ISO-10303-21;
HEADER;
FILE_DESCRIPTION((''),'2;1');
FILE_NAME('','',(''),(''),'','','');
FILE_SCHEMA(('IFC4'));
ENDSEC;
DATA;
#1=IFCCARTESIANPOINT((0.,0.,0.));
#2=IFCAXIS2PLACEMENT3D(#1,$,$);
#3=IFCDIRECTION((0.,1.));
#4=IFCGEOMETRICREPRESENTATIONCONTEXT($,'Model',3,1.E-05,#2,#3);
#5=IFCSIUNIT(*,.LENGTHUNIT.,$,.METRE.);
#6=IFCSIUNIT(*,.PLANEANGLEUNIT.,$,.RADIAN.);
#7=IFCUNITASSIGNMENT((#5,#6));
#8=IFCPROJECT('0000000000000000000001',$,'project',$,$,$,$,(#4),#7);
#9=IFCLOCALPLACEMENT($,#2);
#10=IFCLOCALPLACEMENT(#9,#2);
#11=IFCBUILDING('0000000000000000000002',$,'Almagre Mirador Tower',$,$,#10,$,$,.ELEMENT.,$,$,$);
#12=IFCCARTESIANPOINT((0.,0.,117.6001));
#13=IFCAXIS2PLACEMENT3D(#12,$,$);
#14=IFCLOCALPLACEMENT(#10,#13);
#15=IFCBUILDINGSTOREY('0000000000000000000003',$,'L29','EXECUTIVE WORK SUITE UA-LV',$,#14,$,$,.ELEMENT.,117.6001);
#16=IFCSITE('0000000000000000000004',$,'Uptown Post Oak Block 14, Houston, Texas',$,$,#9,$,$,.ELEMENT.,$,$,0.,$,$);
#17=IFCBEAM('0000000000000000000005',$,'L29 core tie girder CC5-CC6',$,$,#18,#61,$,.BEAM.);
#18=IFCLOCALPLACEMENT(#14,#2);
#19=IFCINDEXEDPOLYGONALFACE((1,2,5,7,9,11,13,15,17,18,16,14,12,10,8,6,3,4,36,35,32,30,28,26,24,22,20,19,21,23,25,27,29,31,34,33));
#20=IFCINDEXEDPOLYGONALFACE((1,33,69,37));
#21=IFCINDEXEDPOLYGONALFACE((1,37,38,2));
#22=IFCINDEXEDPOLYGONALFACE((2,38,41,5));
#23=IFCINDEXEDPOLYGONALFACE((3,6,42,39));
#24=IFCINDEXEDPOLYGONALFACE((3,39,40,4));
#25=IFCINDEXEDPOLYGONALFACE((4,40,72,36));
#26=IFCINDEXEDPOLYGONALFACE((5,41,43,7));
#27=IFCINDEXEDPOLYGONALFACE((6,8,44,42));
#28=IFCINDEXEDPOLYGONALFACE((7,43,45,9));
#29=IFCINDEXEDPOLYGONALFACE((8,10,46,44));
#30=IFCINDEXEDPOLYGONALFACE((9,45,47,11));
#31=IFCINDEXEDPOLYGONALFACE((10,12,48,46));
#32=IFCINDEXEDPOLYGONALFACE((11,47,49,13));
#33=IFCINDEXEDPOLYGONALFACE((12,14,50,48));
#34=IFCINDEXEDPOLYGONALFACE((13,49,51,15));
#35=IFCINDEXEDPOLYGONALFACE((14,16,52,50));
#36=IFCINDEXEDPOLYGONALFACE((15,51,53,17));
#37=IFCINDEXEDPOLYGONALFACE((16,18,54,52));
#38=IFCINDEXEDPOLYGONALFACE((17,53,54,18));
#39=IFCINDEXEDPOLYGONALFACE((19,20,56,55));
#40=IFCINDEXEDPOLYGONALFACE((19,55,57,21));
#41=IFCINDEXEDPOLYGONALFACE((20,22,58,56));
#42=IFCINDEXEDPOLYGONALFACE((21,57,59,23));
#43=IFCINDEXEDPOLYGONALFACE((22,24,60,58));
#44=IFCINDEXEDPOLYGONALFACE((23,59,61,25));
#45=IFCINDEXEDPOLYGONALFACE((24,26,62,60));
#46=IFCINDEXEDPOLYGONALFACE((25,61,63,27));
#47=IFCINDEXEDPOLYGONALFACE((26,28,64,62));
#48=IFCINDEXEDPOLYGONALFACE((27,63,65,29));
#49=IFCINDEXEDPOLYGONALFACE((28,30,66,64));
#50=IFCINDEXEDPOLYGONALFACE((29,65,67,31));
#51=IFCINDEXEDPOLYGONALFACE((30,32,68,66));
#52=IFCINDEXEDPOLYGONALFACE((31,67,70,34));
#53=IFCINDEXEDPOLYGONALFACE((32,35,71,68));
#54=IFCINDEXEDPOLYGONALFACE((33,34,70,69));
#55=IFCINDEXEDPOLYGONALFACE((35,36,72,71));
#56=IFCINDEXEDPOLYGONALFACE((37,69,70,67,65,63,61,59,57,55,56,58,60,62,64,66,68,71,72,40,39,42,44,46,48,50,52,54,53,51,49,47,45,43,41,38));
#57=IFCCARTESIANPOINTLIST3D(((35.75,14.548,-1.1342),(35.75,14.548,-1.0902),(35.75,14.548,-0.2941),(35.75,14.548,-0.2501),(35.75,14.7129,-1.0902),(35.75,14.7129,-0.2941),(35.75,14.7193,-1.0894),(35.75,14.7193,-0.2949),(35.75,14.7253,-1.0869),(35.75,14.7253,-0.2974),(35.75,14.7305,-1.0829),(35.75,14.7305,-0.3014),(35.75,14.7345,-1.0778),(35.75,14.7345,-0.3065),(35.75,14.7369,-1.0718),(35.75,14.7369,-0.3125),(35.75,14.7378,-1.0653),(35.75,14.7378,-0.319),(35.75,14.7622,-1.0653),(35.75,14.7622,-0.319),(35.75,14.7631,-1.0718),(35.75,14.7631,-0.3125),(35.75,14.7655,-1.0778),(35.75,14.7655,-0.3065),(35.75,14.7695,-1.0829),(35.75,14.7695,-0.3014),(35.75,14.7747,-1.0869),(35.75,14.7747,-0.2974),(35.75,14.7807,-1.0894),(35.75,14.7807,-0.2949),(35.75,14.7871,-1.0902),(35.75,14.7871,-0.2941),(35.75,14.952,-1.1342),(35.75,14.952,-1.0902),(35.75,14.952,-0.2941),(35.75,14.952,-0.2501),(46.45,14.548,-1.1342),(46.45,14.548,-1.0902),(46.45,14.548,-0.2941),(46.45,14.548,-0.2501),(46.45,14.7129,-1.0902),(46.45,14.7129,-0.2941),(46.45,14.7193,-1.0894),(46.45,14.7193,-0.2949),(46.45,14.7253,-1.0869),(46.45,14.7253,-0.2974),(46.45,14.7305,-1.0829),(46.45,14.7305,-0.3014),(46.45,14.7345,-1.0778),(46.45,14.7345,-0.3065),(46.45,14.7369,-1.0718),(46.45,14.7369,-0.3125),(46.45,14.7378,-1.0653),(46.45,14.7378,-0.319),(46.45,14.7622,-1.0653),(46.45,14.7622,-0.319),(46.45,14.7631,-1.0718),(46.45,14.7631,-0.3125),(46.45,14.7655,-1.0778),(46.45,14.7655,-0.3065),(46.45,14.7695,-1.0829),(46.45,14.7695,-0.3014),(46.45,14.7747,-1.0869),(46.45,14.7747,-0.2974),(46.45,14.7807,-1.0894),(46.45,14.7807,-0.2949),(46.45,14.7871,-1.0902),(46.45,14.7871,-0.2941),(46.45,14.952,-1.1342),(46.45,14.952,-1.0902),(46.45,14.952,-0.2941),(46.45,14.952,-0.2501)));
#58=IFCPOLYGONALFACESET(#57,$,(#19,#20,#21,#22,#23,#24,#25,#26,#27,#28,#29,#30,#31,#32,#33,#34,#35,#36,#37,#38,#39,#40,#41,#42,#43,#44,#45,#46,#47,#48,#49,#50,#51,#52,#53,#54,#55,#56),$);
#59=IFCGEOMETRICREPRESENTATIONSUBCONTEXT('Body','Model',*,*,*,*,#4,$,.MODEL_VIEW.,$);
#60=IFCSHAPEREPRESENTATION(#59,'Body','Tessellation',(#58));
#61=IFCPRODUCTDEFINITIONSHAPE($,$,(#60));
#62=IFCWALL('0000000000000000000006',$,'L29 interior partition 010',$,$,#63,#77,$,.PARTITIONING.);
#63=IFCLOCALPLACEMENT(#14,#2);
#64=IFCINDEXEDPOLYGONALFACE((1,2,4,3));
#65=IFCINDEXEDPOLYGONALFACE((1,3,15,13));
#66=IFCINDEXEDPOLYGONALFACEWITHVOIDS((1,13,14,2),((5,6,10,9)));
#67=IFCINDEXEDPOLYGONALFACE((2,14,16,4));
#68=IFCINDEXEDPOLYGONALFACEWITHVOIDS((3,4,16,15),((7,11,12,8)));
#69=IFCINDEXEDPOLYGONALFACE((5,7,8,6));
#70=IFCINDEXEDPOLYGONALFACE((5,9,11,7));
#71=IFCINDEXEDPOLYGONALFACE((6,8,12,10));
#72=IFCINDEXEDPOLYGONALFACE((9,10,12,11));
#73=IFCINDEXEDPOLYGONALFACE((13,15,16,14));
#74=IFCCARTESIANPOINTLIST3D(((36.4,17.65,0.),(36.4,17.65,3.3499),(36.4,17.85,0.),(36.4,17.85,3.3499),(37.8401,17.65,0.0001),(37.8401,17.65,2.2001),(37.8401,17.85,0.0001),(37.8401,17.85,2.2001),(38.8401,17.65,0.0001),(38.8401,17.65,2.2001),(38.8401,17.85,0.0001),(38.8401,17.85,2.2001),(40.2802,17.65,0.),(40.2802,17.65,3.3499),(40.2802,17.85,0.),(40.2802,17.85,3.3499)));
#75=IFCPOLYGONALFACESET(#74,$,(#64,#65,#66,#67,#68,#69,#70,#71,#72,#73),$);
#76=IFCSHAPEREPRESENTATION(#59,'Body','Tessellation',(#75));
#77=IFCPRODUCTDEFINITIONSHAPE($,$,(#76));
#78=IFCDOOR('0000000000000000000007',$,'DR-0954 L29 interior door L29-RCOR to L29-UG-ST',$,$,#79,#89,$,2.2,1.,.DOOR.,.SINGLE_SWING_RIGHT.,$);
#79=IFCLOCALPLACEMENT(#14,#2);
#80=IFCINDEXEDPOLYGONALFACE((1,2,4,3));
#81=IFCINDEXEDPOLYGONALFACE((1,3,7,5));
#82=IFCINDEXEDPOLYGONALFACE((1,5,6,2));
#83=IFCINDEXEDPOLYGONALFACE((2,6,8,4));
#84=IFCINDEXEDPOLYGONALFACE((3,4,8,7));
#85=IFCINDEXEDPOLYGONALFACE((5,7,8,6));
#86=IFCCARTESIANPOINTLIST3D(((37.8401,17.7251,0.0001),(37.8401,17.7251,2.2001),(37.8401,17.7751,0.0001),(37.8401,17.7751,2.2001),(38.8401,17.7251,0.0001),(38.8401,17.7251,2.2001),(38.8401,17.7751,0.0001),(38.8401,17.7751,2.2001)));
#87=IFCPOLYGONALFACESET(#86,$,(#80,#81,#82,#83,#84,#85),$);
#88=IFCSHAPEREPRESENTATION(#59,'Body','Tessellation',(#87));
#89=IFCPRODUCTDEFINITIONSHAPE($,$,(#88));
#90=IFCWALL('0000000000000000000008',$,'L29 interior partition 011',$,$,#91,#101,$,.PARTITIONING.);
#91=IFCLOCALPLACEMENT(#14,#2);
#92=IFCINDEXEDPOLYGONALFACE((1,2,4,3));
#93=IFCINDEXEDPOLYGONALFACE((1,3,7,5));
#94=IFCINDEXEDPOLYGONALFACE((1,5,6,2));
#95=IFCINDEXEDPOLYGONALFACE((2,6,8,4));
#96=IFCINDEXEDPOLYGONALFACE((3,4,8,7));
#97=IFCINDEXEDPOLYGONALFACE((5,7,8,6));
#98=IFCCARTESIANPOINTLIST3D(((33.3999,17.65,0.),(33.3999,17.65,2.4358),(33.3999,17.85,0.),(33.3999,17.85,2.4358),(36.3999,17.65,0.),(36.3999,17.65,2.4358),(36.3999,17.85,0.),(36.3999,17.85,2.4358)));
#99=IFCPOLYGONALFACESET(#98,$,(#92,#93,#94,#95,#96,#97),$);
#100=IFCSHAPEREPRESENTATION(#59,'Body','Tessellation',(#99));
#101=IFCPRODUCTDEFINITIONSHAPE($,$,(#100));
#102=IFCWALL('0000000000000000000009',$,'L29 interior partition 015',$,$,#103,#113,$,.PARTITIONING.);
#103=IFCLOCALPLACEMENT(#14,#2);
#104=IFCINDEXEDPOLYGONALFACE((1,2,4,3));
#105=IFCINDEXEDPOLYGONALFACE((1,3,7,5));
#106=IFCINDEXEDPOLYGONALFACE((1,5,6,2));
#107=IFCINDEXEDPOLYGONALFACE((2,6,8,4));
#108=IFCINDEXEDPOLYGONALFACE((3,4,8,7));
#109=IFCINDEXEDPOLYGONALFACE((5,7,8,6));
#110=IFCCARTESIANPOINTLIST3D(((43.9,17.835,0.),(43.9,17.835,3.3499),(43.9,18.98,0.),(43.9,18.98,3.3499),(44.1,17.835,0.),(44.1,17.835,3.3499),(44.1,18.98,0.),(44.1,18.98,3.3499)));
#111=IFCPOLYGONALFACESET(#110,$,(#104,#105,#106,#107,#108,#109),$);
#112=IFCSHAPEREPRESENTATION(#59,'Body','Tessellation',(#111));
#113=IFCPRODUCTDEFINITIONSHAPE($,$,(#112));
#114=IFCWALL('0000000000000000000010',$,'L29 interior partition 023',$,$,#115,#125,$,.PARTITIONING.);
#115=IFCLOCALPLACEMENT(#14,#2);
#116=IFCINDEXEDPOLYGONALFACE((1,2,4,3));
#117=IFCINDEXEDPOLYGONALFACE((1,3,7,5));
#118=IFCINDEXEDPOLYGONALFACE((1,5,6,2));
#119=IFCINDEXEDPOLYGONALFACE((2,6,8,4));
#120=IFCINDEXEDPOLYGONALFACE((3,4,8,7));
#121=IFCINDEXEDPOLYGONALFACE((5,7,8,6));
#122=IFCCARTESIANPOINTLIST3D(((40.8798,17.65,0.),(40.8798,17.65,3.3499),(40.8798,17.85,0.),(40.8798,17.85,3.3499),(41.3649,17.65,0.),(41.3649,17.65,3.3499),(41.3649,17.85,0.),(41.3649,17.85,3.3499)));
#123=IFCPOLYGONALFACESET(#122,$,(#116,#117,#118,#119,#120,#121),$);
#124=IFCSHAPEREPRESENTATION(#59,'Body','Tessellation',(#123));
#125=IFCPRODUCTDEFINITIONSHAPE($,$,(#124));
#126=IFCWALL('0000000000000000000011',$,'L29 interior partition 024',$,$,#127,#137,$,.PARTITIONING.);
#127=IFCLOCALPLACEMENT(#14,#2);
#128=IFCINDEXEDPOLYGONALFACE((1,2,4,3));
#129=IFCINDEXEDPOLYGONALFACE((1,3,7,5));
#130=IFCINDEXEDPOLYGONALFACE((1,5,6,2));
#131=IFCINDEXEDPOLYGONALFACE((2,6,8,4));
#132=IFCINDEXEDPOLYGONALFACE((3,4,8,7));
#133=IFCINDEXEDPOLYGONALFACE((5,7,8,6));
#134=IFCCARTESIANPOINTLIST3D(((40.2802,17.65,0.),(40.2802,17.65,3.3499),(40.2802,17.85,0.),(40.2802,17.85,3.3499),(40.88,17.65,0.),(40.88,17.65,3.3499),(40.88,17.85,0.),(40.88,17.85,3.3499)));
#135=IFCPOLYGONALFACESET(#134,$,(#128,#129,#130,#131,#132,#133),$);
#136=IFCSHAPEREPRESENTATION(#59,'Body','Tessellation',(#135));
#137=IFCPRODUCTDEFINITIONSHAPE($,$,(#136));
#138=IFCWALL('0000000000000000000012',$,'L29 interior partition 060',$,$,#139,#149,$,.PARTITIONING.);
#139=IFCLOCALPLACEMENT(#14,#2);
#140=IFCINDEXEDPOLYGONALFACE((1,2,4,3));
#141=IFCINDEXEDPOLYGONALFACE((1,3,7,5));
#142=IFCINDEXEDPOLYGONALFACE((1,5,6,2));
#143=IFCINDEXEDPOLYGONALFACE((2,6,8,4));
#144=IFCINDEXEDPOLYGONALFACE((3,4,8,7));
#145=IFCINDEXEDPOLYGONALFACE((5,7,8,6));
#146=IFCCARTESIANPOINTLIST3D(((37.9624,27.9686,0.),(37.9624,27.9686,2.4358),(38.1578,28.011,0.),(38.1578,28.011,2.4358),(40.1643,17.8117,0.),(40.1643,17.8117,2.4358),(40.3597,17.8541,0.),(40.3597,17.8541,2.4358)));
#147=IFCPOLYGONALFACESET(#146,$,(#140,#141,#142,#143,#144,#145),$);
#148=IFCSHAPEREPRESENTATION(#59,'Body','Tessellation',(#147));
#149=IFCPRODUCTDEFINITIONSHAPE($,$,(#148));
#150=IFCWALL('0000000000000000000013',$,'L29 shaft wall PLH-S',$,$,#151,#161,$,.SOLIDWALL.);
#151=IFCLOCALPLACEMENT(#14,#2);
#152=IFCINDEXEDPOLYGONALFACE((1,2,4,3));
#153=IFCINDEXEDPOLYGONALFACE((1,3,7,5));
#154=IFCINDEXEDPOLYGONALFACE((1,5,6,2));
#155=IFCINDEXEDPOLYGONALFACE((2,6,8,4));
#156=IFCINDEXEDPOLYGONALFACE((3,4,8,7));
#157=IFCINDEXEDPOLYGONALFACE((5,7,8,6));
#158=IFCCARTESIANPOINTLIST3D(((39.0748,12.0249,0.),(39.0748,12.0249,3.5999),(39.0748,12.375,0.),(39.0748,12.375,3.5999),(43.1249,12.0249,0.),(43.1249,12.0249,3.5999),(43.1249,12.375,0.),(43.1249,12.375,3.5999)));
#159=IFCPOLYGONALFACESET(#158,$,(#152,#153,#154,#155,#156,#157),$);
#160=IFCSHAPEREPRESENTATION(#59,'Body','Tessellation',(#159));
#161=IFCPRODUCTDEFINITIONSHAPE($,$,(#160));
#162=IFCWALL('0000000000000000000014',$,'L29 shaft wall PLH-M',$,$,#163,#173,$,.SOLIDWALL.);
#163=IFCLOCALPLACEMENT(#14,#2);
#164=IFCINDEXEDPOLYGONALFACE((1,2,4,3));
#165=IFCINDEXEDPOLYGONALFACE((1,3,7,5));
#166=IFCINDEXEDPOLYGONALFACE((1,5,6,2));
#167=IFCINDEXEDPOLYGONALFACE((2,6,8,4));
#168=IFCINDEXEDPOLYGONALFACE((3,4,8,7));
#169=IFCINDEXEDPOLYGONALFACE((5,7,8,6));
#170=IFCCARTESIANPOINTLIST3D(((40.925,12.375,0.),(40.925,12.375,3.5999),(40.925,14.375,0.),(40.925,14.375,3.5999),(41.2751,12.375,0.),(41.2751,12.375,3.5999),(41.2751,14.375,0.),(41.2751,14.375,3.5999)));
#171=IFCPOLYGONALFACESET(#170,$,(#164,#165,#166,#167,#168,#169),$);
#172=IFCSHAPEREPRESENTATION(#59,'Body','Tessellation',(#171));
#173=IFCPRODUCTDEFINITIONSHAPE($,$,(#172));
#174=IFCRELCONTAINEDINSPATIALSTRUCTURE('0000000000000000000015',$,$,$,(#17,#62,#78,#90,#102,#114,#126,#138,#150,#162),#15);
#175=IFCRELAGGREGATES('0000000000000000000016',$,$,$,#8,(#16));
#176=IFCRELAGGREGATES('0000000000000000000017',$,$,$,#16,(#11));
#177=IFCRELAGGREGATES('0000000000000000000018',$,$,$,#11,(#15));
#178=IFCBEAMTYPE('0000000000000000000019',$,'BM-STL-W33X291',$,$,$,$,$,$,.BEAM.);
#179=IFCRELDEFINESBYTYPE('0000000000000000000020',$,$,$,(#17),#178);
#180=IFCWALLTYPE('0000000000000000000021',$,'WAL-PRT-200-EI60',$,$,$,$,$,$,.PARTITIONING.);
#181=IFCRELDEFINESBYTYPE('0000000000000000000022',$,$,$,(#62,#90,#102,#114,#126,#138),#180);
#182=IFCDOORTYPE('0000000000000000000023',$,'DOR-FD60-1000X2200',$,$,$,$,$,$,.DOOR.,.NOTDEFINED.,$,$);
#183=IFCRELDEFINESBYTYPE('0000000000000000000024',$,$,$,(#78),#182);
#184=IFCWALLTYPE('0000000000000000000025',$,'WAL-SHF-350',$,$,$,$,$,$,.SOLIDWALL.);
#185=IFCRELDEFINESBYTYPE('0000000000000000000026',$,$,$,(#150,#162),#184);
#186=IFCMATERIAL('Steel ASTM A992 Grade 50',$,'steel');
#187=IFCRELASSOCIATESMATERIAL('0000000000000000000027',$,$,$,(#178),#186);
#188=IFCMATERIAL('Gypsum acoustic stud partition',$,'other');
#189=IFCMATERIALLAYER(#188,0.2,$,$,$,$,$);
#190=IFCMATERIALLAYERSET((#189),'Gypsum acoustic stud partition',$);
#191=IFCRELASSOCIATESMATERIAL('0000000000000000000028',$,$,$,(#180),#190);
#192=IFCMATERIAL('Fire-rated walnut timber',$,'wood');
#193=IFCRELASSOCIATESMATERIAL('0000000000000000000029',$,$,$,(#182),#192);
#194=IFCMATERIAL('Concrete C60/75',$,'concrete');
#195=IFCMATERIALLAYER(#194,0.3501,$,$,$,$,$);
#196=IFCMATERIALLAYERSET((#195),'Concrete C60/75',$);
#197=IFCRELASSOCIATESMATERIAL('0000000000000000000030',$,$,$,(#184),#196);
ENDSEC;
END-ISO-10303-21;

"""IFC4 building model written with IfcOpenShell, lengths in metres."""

from ifc_helpers import new_model, si_unit, direction, frame, frame_2d, origin, origin_2d, place, context, subcontext, project, spatial, rectangle, i_section, extrude, material, layer, layer_set, material_profile, profile_set, type_object, element, fill, save


model = new_model("IFC4")

# Units and contexts
model_context = context("Model", 3, precision=1e-05, world=origin(), true_north=direction((0.0, 1.0)))
body_context = subcontext(model_context, "Body", "Model", "MODEL_VIEW")
ifc_project = project(units=[si_unit("LENGTHUNIT", "METRE"), si_unit("PLANEANGLEUNIT", "RADIAN")], contexts=[model_context])

# Site, building, storey
site_placement = place(None, origin())
site = spatial("IfcSite", under=ifc_project, at=site_placement, Name="Uptown Post Oak Block 14, Houston, Texas", CompositionType="ELEMENT", RefElevation=0.0)
building_placement = place(site_placement, origin())
building = spatial("IfcBuilding", under=site, at=building_placement, Name="Almagre Mirador Tower", CompositionType="ELEMENT")
storey_placement = place(building_placement, frame((0.0, 0.0, 117.6001)))
storey = spatial("IfcBuildingStorey", under=building, at=storey_placement, Name="L29", Description="EXECUTIVE WORK SUITE UA-LV", CompositionType="ELEMENT", Elevation=117.6001)

# Beam
ifc_material_1 = material(Name="Steel ASTM A992 Grade 50", Category="steel")
ifc_material_profile = material_profile(ifc_material_1, i_section(OverallWidth=0.4041, OverallDepth=0.884, WebThickness=0.0244, FlangeThickness=0.0439, FilletRadius=0.0249, at=origin_2d()), Name="W33X291")
ifc_profile_set = profile_set([ifc_material_profile], Name="Steel ASTM A992 Grade 50")
beam_type = type_object("IfcBeamType", Name="BM-STL-W33X291", PredefinedType="BEAM", material=ifc_profile_set)
beam_placement = place(storey_placement, frame((35.75, 14.75, -0.6921), z_axis=(1.0, 0.0, 0.0), x_axis=(0.0, 1.0, 0.0)))
element("IfcBeam", 1, at=beam_placement, inside=storey, type_object=beam_type, Name="L29 core tie girder CC5-CC6", PredefinedType="BEAM", context=body_context, shape_type="SweptSolid", body=[
    extrude(i_section(OverallWidth=0.4041, OverallDepth=0.884, WebThickness=0.0244, FlangeThickness=0.0439, FilletRadius=0.0249, at=origin_2d()), origin(), (0.0, 0.0, 1.0), 10.7),
])

# Wall, opening, door
ifc_material_2 = material(Name="Gypsum acoustic stud partition", Category="other")
ifc_layer_1 = layer(ifc_material_2, 0.2)
ifc_layer_set_1 = layer_set([ifc_layer_1], Name="Gypsum acoustic stud partition")
wall_type_1 = type_object("IfcWallType", Name="WAL-PRT-200-EI60", PredefinedType="PARTITIONING", material=ifc_layer_set_1)
wall_1_placement = place(storey_placement, frame((40.28, 17.75, 0.0), z_axis=(0.0, 0.0, 1.0), x_axis=(-1.0, 0.0, 0.0)))
wall_1 = element("IfcWall", 2, at=wall_1_placement, inside=storey, type_object=wall_type_1, Name="L29 interior partition 010", PredefinedType="PARTITIONING", context=body_context, shape_type="SweptSolid", body=[
    extrude(rectangle(XDim=3.8801, YDim=0.2, at=frame_2d((1.9399, 0.0))), origin(), (0.0, 0.0, 1.0), 3.3499),
])
opening_1_placement = place(wall_1_placement, frame((1.4399, 0.0, 0.0)))
opening_1 = element("IfcOpeningElement", 3, at=opening_1_placement, cuts=wall_1, PredefinedType="OPENING", context=body_context, shape_type="SweptSolid", body=[
    extrude(rectangle(XDim=1.0, YDim=2.2, at=frame_2d((0.5, 1.1001))), frame((0.0, 0.1101, 0.0), z_axis=(0.0, -1.0, 0.0), x_axis=(1.0, 0.0, 0.0)), (0.0, 0.0, 1.0), 0.22),
])
ifc_material_3 = material(Name="Fire-rated walnut timber", Category="wood")
door_type_1 = type_object("IfcDoorType", Name="DOR-FD60-1000X2200", OperationType="NOTDEFINED", PredefinedType="DOOR", material=ifc_material_3)
door_1_placement = place(opening_1_placement, origin())
door_1 = element("IfcDoor", 4, at=door_1_placement, inside=storey, type_object=door_type_1, Name="DR-0954 L29 interior door L29-RCOR to L29-UG-ST", OperationType="SINGLE_SWING_RIGHT", OverallHeight=2.2, OverallWidth=1.0, PredefinedType="DOOR", context=body_context, shape_type="SweptSolid", body=[
    extrude(rectangle(XDim=1.0, YDim=2.2, at=frame_2d((0.5, 1.1001))), frame((0.0, 0.0249, 0.0), z_axis=(0.0, -1.0, 0.0), x_axis=(1.0, 0.0, 0.0)), (0.0, 0.0, 1.0), 0.05),
])
fill(opening_1, door_1)

# Walls
wall_2_placement = place(storey_placement, frame((36.3999, 17.75, 0.0), z_axis=(0.0, 0.0, 1.0), x_axis=(-1.0, 0.0, 0.0)))
element("IfcWall", 5, at=wall_2_placement, inside=storey, type_object=wall_type_1, Name="L29 interior partition 011", PredefinedType="PARTITIONING", context=body_context, shape_type="SweptSolid", body=[
    extrude(rectangle(XDim=3.0, YDim=0.2, at=frame_2d((1.5, 0.0))), origin(), (0.0, 0.0, 1.0), 2.4358),
])
wall_3_placement = place(storey_placement, frame((44.0, 17.835, 0.0), z_axis=(0.0, 0.0, 1.0), x_axis=(0.0, 1.0, 0.0)))
element("IfcWall", 6, at=wall_3_placement, inside=storey, type_object=wall_type_1, Name="L29 interior partition 015", PredefinedType="PARTITIONING", context=body_context, shape_type="SweptSolid", body=[
    extrude(rectangle(XDim=1.145, YDim=0.2, at=frame_2d((0.5725, 0.0))), origin(), (0.0, 0.0, 1.0), 3.3499),
])
wall_4_placement = place(storey_placement, frame((41.365, 17.75, 0.0), z_axis=(0.0, 0.0, 1.0), x_axis=(-1.0, 0.0, 0.0)))
element("IfcWall", 7, at=wall_4_placement, inside=storey, type_object=wall_type_1, Name="L29 interior partition 023", PredefinedType="PARTITIONING", context=body_context, shape_type="SweptSolid", body=[
    extrude(rectangle(XDim=0.4851, YDim=0.2, at=frame_2d((0.2427, 0.0))), origin(), (0.0, 0.0, 1.0), 3.3499),
])
wall_5_placement = place(storey_placement, frame((40.8799, 17.75, 0.0), z_axis=(0.0, 0.0, 1.0), x_axis=(-1.0, 0.0, 0.0)))
element("IfcWall", 8, at=wall_5_placement, inside=storey, type_object=wall_type_1, Name="L29 interior partition 024", PredefinedType="PARTITIONING", context=body_context, shape_type="SweptSolid", body=[
    extrude(rectangle(XDim=0.5999, YDim=0.2, at=frame_2d((0.2998, 0.0))), origin(), (0.0, 0.0, 1.0), 3.3499),
])
wall_6_placement = place(storey_placement, frame((40.262, 17.833, 0.0), z_axis=(0.0, 0.0, 1.0), x_axis=(-0.211866, 0.977299, 0.0)))
element("IfcWall", 9, at=wall_6_placement, inside=storey, type_object=wall_type_1, Name="L29 interior partition 060", PredefinedType="PARTITIONING", context=body_context, shape_type="SweptSolid", body=[
    extrude(rectangle(XDim=10.3928, YDim=0.2, at=frame_2d((5.1963, 0.0))), origin(), (0.0, 0.0, 1.0), 2.4358),
])
ifc_material_4 = material(Name="Concrete C60/75", Category="concrete")
ifc_layer_2 = layer(ifc_material_4, 0.3501)
ifc_layer_set_2 = layer_set([ifc_layer_2], Name="Concrete C60/75")
wall_type_2 = type_object("IfcWallType", Name="WAL-SHF-350", PredefinedType="SOLIDWALL", material=ifc_layer_set_2)
wall_7_placement = place(storey_placement, frame((39.075, 12.2, 0.0), z_axis=(0.0, 0.0, 1.0), x_axis=(1.0, 0.0, 0.0)))
element("IfcWall", 10, at=wall_7_placement, inside=storey, type_object=wall_type_2, Name="L29 shaft wall PLH-S", PredefinedType="SOLIDWALL", context=body_context, shape_type="SweptSolid", body=[
    extrude(rectangle(XDim=4.05, YDim=0.3501, at=frame_2d((2.0249, 0.0))), origin(), (0.0, 0.0, 1.0), 3.5999),
])
wall_8_placement = place(storey_placement, frame((41.1001, 12.375, 0.0), z_axis=(0.0, 0.0, 1.0), x_axis=(0.0, 1.0, 0.0)))
element("IfcWall", 11, at=wall_8_placement, inside=storey, type_object=wall_type_2, Name="L29 shaft wall PLH-M", PredefinedType="SOLIDWALL", context=body_context, shape_type="SweptSolid", body=[
    extrude(rectangle(XDim=2.0, YDim=0.3501, at=frame_2d((1.0, 0.0))), origin(), (0.0, 0.0, 1.0), 3.5999),
])

save(model, "model.ifc")
